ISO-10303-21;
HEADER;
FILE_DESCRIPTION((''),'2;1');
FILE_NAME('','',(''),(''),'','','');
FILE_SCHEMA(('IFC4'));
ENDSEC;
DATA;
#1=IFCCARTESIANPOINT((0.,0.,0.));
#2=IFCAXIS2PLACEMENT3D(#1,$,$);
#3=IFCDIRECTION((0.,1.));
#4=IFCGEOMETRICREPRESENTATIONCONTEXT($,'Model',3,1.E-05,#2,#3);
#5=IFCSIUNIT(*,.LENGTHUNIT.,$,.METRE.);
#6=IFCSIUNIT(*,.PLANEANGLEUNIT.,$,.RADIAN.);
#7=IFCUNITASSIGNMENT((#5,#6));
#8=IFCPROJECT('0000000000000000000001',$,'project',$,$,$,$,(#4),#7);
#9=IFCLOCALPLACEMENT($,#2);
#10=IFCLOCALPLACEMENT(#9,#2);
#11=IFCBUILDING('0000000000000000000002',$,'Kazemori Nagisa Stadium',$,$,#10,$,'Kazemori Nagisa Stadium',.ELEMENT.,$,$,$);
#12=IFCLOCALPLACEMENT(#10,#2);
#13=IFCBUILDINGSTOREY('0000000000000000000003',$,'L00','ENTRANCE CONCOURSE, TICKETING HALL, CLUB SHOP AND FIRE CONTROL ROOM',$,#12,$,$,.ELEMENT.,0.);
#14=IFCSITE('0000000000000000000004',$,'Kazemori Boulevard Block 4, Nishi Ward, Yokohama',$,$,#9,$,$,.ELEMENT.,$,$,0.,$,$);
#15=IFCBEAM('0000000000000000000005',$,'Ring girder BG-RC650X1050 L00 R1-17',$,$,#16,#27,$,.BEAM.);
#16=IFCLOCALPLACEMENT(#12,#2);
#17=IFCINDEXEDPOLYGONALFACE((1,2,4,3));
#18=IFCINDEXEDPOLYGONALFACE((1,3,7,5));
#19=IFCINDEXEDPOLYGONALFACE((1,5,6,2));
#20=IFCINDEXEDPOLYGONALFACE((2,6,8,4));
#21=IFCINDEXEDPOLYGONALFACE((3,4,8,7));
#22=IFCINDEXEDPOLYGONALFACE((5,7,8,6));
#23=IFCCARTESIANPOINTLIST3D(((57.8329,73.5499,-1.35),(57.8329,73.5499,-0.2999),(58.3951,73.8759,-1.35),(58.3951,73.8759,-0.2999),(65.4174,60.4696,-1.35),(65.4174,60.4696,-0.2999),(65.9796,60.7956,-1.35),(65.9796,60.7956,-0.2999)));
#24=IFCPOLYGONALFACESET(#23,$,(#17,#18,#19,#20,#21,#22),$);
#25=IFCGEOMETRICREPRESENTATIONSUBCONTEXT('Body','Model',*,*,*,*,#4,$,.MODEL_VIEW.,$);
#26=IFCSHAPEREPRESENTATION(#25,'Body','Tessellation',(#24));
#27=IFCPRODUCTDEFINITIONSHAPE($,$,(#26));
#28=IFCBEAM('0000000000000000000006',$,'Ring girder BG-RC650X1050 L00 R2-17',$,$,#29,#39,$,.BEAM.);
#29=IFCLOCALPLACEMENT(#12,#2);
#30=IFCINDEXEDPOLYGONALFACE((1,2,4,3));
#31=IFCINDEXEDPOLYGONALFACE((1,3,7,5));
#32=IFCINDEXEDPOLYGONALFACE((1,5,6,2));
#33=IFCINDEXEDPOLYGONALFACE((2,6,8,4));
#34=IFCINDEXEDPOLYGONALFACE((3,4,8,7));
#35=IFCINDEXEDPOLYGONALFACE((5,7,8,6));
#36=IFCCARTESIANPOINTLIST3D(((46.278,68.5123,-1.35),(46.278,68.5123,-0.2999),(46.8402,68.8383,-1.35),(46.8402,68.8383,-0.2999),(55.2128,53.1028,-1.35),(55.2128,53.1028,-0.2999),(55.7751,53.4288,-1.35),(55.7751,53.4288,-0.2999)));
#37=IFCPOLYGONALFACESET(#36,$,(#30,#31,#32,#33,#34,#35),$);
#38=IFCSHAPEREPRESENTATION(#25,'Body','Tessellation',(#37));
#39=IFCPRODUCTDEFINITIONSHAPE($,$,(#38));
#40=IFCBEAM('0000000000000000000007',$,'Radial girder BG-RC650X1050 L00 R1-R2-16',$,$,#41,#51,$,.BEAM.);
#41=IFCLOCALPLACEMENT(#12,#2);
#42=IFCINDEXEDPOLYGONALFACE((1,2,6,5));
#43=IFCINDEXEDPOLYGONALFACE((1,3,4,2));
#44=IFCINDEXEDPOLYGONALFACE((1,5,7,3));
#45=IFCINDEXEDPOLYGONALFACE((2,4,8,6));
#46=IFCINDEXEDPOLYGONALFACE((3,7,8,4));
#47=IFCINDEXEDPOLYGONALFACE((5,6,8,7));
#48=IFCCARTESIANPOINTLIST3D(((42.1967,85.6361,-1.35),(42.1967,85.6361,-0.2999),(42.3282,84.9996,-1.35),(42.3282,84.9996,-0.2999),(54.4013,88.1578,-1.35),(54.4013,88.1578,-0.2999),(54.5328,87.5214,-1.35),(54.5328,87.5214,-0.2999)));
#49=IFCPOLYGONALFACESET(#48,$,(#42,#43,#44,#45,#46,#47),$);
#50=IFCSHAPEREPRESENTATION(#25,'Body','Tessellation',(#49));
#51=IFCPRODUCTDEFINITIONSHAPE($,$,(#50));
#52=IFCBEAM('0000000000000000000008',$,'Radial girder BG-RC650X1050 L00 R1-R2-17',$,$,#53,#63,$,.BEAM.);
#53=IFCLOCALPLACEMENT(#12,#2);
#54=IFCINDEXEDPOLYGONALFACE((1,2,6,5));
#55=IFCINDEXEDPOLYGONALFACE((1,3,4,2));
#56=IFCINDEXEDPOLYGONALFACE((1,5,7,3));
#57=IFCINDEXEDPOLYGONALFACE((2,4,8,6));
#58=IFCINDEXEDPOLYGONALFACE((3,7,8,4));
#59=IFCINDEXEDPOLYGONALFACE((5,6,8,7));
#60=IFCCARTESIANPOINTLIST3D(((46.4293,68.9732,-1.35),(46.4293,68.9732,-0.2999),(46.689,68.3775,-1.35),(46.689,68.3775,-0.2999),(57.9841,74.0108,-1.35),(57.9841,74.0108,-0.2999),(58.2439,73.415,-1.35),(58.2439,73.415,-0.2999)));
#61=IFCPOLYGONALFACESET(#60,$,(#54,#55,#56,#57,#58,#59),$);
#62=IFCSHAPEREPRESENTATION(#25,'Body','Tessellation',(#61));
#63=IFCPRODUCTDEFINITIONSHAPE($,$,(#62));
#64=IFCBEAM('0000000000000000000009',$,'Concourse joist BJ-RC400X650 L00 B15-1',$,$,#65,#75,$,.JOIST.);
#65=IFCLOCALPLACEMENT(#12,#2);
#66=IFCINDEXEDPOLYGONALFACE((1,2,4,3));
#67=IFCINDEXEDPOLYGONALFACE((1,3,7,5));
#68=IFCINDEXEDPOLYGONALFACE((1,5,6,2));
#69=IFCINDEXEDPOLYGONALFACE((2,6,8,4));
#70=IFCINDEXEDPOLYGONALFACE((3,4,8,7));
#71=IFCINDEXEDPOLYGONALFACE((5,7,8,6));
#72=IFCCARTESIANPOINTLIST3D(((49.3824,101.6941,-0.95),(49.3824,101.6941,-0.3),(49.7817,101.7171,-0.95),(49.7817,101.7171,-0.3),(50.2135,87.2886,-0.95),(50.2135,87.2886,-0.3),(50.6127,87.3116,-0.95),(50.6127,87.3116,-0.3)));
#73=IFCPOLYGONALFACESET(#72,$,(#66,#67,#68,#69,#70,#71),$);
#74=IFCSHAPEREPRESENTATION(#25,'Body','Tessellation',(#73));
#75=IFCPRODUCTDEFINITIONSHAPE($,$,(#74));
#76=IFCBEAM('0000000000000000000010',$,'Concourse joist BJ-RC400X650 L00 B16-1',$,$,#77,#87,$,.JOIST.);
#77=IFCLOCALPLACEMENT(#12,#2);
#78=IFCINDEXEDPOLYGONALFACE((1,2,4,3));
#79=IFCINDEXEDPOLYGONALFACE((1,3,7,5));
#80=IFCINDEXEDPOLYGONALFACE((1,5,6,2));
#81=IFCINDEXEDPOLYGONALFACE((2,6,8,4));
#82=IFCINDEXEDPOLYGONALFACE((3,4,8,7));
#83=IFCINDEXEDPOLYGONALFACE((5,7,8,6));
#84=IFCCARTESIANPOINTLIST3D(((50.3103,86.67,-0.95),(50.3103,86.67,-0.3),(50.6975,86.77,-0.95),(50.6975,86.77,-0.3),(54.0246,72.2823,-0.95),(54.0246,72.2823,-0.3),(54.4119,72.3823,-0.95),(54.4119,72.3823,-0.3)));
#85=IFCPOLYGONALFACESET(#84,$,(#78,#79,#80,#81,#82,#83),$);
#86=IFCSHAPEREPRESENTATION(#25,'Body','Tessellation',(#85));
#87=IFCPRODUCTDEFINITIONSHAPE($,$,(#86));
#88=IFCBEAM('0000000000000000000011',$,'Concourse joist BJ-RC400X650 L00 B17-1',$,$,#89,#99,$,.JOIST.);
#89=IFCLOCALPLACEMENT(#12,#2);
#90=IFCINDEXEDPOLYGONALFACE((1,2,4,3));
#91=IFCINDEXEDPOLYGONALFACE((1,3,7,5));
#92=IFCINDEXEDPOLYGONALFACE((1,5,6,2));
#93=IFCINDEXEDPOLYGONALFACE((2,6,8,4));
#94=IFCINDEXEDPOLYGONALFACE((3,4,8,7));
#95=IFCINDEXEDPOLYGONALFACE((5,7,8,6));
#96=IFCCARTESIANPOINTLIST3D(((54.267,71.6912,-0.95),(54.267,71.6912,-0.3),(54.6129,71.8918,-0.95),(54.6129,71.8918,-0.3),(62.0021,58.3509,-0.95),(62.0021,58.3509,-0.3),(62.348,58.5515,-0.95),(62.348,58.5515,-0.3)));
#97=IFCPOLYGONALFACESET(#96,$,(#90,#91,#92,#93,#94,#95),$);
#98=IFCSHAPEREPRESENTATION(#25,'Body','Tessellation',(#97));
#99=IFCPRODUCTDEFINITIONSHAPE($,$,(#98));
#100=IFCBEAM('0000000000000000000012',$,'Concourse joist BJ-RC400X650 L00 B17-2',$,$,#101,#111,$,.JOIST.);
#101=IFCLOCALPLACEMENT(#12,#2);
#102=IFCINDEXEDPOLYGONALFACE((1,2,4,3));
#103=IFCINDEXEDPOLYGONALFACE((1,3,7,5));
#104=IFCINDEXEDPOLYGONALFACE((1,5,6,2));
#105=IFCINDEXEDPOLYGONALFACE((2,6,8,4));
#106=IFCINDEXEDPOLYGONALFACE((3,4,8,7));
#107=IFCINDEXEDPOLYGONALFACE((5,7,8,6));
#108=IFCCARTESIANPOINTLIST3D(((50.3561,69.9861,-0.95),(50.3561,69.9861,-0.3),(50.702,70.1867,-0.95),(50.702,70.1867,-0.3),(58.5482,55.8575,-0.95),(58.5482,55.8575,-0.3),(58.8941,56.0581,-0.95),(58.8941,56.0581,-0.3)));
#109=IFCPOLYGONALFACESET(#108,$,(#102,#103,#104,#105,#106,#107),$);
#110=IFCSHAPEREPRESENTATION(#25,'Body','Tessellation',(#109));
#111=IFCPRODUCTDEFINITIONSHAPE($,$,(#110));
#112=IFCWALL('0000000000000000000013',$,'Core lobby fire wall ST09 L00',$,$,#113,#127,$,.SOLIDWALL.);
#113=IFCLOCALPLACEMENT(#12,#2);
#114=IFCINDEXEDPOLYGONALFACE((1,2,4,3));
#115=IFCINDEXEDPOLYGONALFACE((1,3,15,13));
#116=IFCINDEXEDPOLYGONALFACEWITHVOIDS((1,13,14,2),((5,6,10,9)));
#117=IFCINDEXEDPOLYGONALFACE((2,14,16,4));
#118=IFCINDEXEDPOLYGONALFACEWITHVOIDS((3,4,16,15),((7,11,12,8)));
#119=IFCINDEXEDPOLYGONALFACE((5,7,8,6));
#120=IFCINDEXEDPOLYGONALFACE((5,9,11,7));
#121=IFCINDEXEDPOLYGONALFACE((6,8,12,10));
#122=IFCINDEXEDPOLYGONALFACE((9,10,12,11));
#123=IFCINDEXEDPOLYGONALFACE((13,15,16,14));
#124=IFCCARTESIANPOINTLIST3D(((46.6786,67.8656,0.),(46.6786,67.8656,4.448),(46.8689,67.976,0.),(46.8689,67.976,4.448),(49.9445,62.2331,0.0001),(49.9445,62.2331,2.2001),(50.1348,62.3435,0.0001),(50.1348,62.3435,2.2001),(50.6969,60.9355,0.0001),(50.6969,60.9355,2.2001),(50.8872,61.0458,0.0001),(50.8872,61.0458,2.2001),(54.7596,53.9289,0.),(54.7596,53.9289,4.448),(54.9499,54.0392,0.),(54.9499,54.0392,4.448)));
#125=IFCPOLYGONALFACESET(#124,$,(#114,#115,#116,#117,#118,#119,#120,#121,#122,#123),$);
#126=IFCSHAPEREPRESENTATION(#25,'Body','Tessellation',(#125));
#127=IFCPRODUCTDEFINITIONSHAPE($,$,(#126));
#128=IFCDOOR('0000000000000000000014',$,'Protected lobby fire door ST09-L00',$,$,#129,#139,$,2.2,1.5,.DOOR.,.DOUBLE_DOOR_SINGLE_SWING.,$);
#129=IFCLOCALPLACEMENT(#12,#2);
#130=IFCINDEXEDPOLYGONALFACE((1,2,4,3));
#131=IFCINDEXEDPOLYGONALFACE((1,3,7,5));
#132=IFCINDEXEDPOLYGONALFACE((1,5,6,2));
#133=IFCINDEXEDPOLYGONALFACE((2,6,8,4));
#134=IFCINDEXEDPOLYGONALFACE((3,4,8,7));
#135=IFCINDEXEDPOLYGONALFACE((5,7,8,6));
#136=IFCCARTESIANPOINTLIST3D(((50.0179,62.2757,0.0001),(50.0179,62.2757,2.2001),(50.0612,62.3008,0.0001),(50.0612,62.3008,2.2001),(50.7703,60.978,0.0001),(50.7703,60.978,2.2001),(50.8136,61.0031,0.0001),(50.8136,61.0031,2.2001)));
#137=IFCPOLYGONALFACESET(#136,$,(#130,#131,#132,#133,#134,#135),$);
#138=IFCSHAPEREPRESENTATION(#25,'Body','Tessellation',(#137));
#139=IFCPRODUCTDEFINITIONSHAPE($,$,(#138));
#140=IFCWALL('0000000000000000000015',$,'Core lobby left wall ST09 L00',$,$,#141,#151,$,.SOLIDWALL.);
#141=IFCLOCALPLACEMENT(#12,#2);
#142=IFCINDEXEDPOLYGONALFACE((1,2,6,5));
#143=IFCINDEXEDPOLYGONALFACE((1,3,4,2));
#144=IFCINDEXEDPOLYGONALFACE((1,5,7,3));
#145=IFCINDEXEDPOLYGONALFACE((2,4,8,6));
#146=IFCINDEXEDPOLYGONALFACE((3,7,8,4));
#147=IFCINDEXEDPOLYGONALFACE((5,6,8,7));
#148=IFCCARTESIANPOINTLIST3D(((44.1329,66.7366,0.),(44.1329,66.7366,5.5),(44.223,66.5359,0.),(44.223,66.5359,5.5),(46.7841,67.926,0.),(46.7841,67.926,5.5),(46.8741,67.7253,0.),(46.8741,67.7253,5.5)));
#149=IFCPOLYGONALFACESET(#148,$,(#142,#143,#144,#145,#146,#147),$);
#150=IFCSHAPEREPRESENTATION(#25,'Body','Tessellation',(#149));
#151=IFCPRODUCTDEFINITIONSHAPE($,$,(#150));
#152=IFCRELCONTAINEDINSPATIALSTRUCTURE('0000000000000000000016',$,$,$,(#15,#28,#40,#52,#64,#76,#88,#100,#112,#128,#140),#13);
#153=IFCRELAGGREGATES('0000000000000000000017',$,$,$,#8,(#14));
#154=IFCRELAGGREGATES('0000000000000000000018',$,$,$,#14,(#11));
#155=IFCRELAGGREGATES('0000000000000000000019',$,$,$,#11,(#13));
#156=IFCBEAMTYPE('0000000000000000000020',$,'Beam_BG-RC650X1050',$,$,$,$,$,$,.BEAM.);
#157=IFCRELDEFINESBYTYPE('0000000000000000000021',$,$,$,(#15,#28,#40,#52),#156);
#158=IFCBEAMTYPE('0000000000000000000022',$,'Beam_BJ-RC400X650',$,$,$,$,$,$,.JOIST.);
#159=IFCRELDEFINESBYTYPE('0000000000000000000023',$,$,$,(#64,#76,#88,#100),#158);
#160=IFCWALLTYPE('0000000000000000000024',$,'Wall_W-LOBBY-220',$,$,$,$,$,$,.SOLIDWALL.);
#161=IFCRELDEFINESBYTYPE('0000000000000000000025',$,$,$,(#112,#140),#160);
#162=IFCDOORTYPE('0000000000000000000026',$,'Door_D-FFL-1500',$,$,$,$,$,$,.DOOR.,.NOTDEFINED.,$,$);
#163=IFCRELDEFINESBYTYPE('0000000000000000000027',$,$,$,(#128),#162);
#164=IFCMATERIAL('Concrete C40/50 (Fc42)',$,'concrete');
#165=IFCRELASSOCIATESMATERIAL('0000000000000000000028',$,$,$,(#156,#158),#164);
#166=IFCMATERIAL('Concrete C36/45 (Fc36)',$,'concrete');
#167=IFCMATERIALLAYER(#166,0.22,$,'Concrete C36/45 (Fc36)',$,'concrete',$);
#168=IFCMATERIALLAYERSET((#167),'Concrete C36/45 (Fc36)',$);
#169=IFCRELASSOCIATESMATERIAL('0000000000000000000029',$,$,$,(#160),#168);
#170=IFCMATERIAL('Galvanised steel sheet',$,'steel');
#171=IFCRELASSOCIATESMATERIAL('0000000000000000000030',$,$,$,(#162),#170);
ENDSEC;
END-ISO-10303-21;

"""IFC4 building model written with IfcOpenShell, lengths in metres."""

from ifc_helpers import new_model, si_unit, direction, frame, frame_2d, origin, origin_2d, place, context, subcontext, project, spatial, rectangle, extrude, material, layer, layer_set, material_profile, profile_set, type_object, element, fill, save


model = new_model("IFC4")

# Units and contexts
model_context = context("Model", 3, precision=1e-05, world=origin(), true_north=direction((0.0, 1.0)))
body_context = subcontext(model_context, "Body", "Model", "MODEL_VIEW")
ifc_project = project(units=[si_unit("LENGTHUNIT", "METRE"), si_unit("PLANEANGLEUNIT", "RADIAN")], contexts=[model_context])

# Site, building, storey
site_placement = place(None, origin())
site = spatial("IfcSite", under=ifc_project, at=site_placement, Name="Kazemori Boulevard Block 4, Nishi Ward, Yokohama", CompositionType="ELEMENT", RefElevation=0.0)
building_placement = place(site_placement, origin())
building = spatial("IfcBuilding", under=site, at=building_placement, Name="Kazemori Nagisa Stadium", LongName="Kazemori Nagisa Stadium", CompositionType="ELEMENT")
storey_placement = place(building_placement, origin())
storey = spatial("IfcBuildingStorey", under=building, at=storey_placement, Name="L00", Description="ENTRANCE CONCOURSE, TICKETING HALL, CLUB SHOP AND FIRE CONTROL ROOM", CompositionType="ELEMENT", Elevation=0.0)

# Shared definitions
ifc_material_1 = material(Name="Concrete C40/50 (Fc42)", Category="concrete")

# Beams
ifc_material_profile_1 = material_profile(ifc_material_1, rectangle(XDim=0.6499, YDim=1.05, at=origin_2d()), Name="RC-BM-650x1050")
ifc_profile_set_1 = profile_set([ifc_material_profile_1], Name="Concrete C40/50 (Fc42)")
beam_type_1 = type_object("IfcBeamType", Name="Beam_BG-RC650X1050", PredefinedType="BEAM", material=ifc_profile_set_1)
beam_1_placement = place(storey_placement, frame((58.114, 73.7129, -0.825), z_axis=(0.501613, -0.865092, 0.0), x_axis=(0.865092, 0.501613, 0.0)))
element("IfcBeam", 1, at=beam_1_placement, inside=storey, type_object=beam_type_1, Name="Ring girder BG-RC650X1050 L00 R1-17", PredefinedType="BEAM", context=body_context, shape_type="SweptSolid", body=[
    extrude(rectangle(XDim=0.6499, YDim=1.05, at=origin_2d()), origin(), (0.0, 0.0, 1.0), 15.1201),
])
beam_2_placement = place(storey_placement, frame((46.5591, 68.6753, -0.825), z_axis=(0.501607, -0.865096, 0.0), x_axis=(0.865096, 0.501607, 0.0)))
element("IfcBeam", 2, at=beam_2_placement, inside=storey, type_object=beam_type_1, Name="Ring girder BG-RC650X1050 L00 R2-17", PredefinedType="BEAM", context=body_context, shape_type="SweptSolid", body=[
    extrude(rectangle(XDim=0.6499, YDim=1.05, at=origin_2d()), origin(), (0.0, 0.0, 1.0), 17.8125),
])
beam_3_placement = place(storey_placement, frame((54.467, 87.8396, -0.825), z_axis=(-0.979314, -0.202347, 0.0), x_axis=(0.202347, -0.979314, 0.0)))
element("IfcBeam", 3, at=beam_3_placement, inside=storey, type_object=beam_type_1, Name="Radial girder BG-RC650X1050 L00 R1-R2-16", PredefinedType="BEAM", context=body_context, shape_type="SweptSolid", body=[
    extrude(rectangle(XDim=0.6499, YDim=1.05, at=origin_2d()), origin(), (0.0, 0.0, 1.0), 12.4624),
])
beam_4_placement = place(storey_placement, frame((58.114, 73.7129, -0.825), z_axis=(-0.916672, -0.399641, 0.0), x_axis=(0.399641, -0.916672, 0.0)))
element("IfcBeam", 4, at=beam_4_placement, inside=storey, type_object=beam_type_1, Name="Radial girder BG-RC650X1050 L00 R1-R2-17", PredefinedType="BEAM", context=body_context, shape_type="SweptSolid", body=[
    extrude(rectangle(XDim=0.6499, YDim=1.05, at=origin_2d()), origin(), (0.0, 0.0, 1.0), 12.6052),
])
ifc_material_profile_2 = material_profile(ifc_material_1, rectangle(XDim=0.3999, YDim=0.6499, at=origin_2d()), Name="RC-BM-400x650")
ifc_profile_set_2 = profile_set([ifc_material_profile_2], Name="Concrete C40/50 (Fc42)")
beam_type_2 = type_object("IfcBeamType", Name="Beam_BJ-RC400X650", PredefinedType="JOIST", material=ifc_profile_set_2)
beam_5_placement = place(storey_placement, frame((49.582, 101.7056, -0.625), z_axis=(0.057594, -0.99834, 0.0), x_axis=(0.99834, 0.057594, 0.0)))
element("IfcBeam", 5, at=beam_5_placement, inside=storey, type_object=beam_type_2, Name="Concourse joist BJ-RC400X650 L00 B15-1", PredefinedType="JOIST", context=body_context, shape_type="SweptSolid", body=[
    extrude(rectangle(XDim=0.3999, YDim=0.6499, at=origin_2d()), origin(), (0.0, 0.0, 1.0), 14.4294),
])
beam_6_placement = place(storey_placement, frame((50.5039, 86.72, -0.625), z_axis=(0.249966, -0.968254, 0.0), x_axis=(0.968254, 0.249966, 0.0)))
element("IfcBeam", 6, at=beam_6_placement, inside=storey, type_object=beam_type_2, Name="Concourse joist BJ-RC400X650 L00 B16-1", PredefinedType="JOIST", context=body_context, shape_type="SweptSolid", body=[
    extrude(rectangle(XDim=0.3999, YDim=0.6499, at=origin_2d()), origin(), (0.0, 0.0, 1.0), 14.8594),
])
beam_7_placement = place(storey_placement, frame((54.4399, 71.7915, -0.625), z_axis=(0.501607, -0.865095, 0.0), x_axis=(0.865095, 0.501607, 0.0)))
element("IfcBeam", 7, at=beam_7_placement, inside=storey, type_object=beam_type_2, Name="Concourse joist BJ-RC400X650 L00 B17-1", PredefinedType="JOIST", context=body_context, shape_type="SweptSolid", body=[
    extrude(rectangle(XDim=0.3999, YDim=0.6499, at=origin_2d()), origin(), (0.0, 0.0, 1.0), 15.4207),
])
beam_8_placement = place(storey_placement, frame((50.5291, 70.0864, -0.625), z_axis=(0.501604, -0.865097, 0.0), x_axis=(0.865097, 0.501604, 0.0)))
element("IfcBeam", 8, at=beam_8_placement, inside=storey, type_object=beam_type_2, Name="Concourse joist BJ-RC400X650 L00 B17-2", PredefinedType="JOIST", context=body_context, shape_type="SweptSolid", body=[
    extrude(rectangle(XDim=0.3999, YDim=0.6499, at=origin_2d()), origin(), (0.0, 0.0, 1.0), 16.3318),
])

# Wall, opening, door
ifc_material_2 = material(Name="Concrete C36/45 (Fc36)", Category="concrete")
ifc_layer = layer(ifc_material_2, 0.22, Name="Concrete C36/45 (Fc36)", Category="concrete")
ifc_layer_set = layer_set([ifc_layer], Name="Concrete C36/45 (Fc36)")
wall_type = type_object("IfcWallType", Name="Wall_W-LOBBY-220", PredefinedType="SOLIDWALL", material=ifc_layer_set)
wall_1_placement = place(storey_placement, frame((46.7737, 67.9209, 0.0), z_axis=(0.0, 0.0, 1.0), x_axis=(0.501613, -0.865092, 0.0)))
wall_1 = element("IfcWall", 9, at=wall_1_placement, inside=storey, type_object=wall_type, Name="Core lobby fire wall ST09 L00", PredefinedType="SOLIDWALL", context=body_context, shape_type="SweptSolid", body=[
    extrude(rectangle(XDim=16.1101, YDim=0.22, at=frame_2d((8.0552, 0.0))), origin(), (0.0, 0.0, 1.0), 4.448),
])
opening_placement = place(wall_1_placement, frame((6.511, 0.0, 0.0)))
opening = element("IfcOpeningElement", 10, at=opening_placement, cuts=wall_1, PredefinedType="OPENING", context=body_context, shape_type="SweptSolid", body=[
    extrude(rectangle(XDim=1.5, YDim=2.2, at=frame_2d((0.75, 1.1001))), frame((0.0, 0.1199, 0.0), z_axis=(0.0, -1.0, 0.0), x_axis=(1.0, 0.0, 0.0)), (0.0, 0.0, 1.0), 0.24),
])
ifc_material_3 = material(Name="Galvanised steel sheet", Category="steel")
door_type = type_object("IfcDoorType", Name="Door_D-FFL-1500", OperationType="NOTDEFINED", PredefinedType="DOOR", material=ifc_material_3)
door_placement = place(opening_placement, origin())
door = element("IfcDoor", 11, at=door_placement, inside=storey, type_object=door_type, Name="Protected lobby fire door ST09-L00", OperationType="DOUBLE_DOOR_SINGLE_SWING", OverallHeight=2.2, OverallWidth=1.5, PredefinedType="DOOR", context=body_context, shape_type="SweptSolid", body=[
    extrude(rectangle(XDim=1.5, YDim=2.2, at=frame_2d((0.75, 1.1001))), frame((0.0, 0.0249, 0.0), z_axis=(0.0, -1.0, 0.0), x_axis=(1.0, 0.0, 0.0)), (0.0, 0.0, 1.0), 0.05),
])
fill(opening, door)

# Wall
wall_2_placement = place(storey_placement, frame((46.8291, 67.8257, 0.0), z_axis=(0.0, 0.0, 1.0), x_axis=(-0.912378, -0.409348, 0.0)))
element("IfcWall", 12, at=wall_2_placement, inside=storey, type_object=wall_type, Name="Core lobby left wall ST09 L00", PredefinedType="SOLIDWALL", context=body_context, shape_type="SweptSolid", body=[
    extrude(rectangle(XDim=2.9058, YDim=0.22, at=frame_2d((1.4529, 0.0))), origin(), (0.0, 0.0, 1.0), 5.5),
])

save(model, "model.ifc")
